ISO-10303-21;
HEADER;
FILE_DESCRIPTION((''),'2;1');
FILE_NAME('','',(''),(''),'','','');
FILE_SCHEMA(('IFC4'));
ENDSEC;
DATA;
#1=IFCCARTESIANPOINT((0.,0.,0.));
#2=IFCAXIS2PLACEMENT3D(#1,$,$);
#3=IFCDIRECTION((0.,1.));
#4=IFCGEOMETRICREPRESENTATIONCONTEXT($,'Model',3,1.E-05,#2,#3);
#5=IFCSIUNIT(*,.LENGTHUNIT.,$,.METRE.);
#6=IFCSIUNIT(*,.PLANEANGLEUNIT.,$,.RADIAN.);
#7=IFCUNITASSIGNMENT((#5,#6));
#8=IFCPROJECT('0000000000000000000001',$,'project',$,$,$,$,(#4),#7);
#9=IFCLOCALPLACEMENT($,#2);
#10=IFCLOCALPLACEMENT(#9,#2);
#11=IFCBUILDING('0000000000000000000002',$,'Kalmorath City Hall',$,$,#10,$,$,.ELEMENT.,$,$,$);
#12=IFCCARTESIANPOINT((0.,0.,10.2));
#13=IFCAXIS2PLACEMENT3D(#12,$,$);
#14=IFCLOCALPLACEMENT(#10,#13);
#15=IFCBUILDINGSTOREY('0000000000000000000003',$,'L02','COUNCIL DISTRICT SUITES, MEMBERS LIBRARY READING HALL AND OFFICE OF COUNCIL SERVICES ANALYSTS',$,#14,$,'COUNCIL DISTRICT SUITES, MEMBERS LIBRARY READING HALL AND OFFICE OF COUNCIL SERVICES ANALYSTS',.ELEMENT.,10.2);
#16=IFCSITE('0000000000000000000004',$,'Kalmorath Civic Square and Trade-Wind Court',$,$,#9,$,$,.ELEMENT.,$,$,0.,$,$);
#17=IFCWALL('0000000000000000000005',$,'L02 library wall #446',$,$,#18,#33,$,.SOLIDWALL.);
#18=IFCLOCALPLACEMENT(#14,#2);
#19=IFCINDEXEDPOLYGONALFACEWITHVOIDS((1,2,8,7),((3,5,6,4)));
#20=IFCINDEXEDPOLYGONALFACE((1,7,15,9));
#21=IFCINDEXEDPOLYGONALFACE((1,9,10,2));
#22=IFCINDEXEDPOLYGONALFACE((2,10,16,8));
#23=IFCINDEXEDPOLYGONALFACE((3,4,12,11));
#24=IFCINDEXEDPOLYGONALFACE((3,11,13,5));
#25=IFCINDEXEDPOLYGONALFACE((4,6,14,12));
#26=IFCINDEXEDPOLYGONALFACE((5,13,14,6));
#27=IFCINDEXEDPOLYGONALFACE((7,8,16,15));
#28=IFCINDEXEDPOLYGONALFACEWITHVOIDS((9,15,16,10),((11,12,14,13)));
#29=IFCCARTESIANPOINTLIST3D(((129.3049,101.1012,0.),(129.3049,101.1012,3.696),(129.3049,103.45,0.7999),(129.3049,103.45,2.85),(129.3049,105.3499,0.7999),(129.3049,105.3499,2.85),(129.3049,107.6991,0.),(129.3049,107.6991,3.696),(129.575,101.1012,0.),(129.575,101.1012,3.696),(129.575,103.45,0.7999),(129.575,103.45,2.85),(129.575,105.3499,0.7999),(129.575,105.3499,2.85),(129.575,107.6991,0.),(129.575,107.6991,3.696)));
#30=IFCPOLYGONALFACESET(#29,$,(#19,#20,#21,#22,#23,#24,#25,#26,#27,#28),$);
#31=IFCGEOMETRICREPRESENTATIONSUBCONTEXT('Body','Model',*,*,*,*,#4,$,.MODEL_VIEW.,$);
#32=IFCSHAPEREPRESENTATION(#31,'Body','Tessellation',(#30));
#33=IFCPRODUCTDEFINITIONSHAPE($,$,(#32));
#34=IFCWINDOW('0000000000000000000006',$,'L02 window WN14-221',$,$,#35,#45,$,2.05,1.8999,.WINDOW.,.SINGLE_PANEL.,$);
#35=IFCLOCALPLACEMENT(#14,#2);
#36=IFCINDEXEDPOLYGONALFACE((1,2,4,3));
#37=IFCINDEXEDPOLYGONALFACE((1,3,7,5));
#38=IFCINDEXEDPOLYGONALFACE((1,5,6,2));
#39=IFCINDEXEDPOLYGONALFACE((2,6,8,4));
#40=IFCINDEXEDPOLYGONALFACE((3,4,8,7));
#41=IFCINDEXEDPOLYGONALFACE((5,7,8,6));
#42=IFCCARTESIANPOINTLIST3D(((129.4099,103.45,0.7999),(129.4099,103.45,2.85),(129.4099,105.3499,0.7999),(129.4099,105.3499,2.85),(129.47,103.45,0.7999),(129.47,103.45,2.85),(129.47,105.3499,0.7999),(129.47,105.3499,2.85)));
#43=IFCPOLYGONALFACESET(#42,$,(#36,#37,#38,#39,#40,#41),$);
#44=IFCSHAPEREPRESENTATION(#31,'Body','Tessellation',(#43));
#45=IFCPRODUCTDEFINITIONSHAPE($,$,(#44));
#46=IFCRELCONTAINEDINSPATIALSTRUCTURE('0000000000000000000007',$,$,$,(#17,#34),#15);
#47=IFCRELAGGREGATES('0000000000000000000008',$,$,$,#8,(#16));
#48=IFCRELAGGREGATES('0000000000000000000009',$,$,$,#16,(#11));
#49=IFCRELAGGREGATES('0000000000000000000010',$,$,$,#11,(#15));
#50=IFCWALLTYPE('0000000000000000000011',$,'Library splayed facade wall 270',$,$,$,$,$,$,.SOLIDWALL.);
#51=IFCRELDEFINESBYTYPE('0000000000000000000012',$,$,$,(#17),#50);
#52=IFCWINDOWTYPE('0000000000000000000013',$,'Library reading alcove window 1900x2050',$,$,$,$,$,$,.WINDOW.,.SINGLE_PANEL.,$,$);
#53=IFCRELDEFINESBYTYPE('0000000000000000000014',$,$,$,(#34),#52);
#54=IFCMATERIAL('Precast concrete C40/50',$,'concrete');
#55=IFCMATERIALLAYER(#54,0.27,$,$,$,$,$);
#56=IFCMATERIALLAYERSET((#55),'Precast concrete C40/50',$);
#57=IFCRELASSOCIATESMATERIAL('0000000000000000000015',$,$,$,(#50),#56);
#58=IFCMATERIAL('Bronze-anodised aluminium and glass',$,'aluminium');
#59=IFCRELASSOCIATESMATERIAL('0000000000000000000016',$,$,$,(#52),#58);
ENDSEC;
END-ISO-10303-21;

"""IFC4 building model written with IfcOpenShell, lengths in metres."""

from ifc_helpers import new_model, si_unit, direction, frame, frame_2d, origin, place, context, subcontext, project, spatial, rectangle, extrude, material, layer, layer_set, type_object, element, fill, save


model = new_model("IFC4")

# Units and contexts
model_context = context("Model", 3, precision=1e-05, world=origin(), true_north=direction((0.0, 1.0)))
body_context = subcontext(model_context, "Body", "Model", "MODEL_VIEW")
ifc_project = project(units=[si_unit("LENGTHUNIT", "METRE"), si_unit("PLANEANGLEUNIT", "RADIAN")], contexts=[model_context])

# Site, building, storey
site_placement = place(None, origin())
site = spatial("IfcSite", under=ifc_project, at=site_placement, Name="Kalmorath Civic Square and Trade-Wind Court", CompositionType="ELEMENT", RefElevation=0.0)
building_placement = place(site_placement, origin())
building = spatial("IfcBuilding", under=site, at=building_placement, Name="Kalmorath City Hall", CompositionType="ELEMENT")
storey_placement = place(building_placement, frame((0.0, 0.0, 10.2)))
storey = spatial("IfcBuildingStorey", under=building, at=storey_placement, Name="L02", Description="COUNCIL DISTRICT SUITES, MEMBERS LIBRARY READING HALL AND OFFICE OF COUNCIL SERVICES ANALYSTS", LongName="COUNCIL DISTRICT SUITES, MEMBERS LIBRARY READING HALL AND OFFICE OF COUNCIL SERVICES ANALYSTS", CompositionType="ELEMENT", Elevation=10.2)

# Wall, opening, window
ifc_material_1 = material(Name="Precast concrete C40/50", Category="concrete")
ifc_layer_1 = layer(ifc_material_1, 0.27)
ifc_layer_set_1 = layer_set([ifc_layer_1], Name="Precast concrete C40/50")
wall_type = type_object("IfcWallType", Name="Library splayed facade wall 270", PredefinedType="SOLIDWALL", material=ifc_layer_set_1)
wall_placement = place(storey_placement, frame((129.4399, 107.699, 0.0), z_axis=(0.0, 0.0, 1.0), x_axis=(0.0, -1.0, 0.0)))
wall = element("IfcWall", 1, at=wall_placement, inside=storey, type_object=wall_type, Name="L02 library wall #446", PredefinedType="SOLIDWALL", context=body_context, shape_type="SweptSolid", body=[
    extrude(rectangle(XDim=6.5979, YDim=0.27, at=frame_2d((3.2988, 0.0))), origin(), (0.0, 0.0, 1.0), 3.696),
])
opening_placement = place(wall_placement, frame((2.3491, 0.0, 0.8)))
opening = element("IfcOpeningElement", 2, at=opening_placement, cuts=wall, PredefinedType="OPENING", context=body_context, shape_type="SweptSolid", body=[
    extrude(rectangle(XDim=1.8999, YDim=2.05, at=frame_2d((0.95, 1.0249))), frame((0.0, 0.145, 0.0), z_axis=(0.0, -1.0, 0.0), x_axis=(1.0, 0.0, 0.0)), (0.0, 0.0, 1.0), 0.29),
])
ifc_material_2 = material(Name="Bronze-anodised aluminium and glass", Category="aluminium")
window_type = type_object("IfcWindowType", Name="Library reading alcove window 1900x2050", PartitioningType="SINGLE_PANEL", PredefinedType="WINDOW", material=ifc_material_2)
window_placement = place(opening_placement, origin())
window = element("IfcWindow", 3, at=window_placement, inside=storey, type_object=window_type, Name="L02 window WN14-221", OverallHeight=2.05, OverallWidth=1.8999, PartitioningType="SINGLE_PANEL", PredefinedType="WINDOW", context=body_context, shape_type="SweptSolid", body=[
    extrude(rectangle(XDim=1.8999, YDim=2.05, at=frame_2d((0.95, 1.0249))), frame((0.0, 0.03, 0.0), z_axis=(0.0, -1.0, 0.0), x_axis=(1.0, 0.0, 0.0)), (0.0, 0.0, 1.0), 0.0601),
])
fill(opening, window)

save(model, "model.ifc")
